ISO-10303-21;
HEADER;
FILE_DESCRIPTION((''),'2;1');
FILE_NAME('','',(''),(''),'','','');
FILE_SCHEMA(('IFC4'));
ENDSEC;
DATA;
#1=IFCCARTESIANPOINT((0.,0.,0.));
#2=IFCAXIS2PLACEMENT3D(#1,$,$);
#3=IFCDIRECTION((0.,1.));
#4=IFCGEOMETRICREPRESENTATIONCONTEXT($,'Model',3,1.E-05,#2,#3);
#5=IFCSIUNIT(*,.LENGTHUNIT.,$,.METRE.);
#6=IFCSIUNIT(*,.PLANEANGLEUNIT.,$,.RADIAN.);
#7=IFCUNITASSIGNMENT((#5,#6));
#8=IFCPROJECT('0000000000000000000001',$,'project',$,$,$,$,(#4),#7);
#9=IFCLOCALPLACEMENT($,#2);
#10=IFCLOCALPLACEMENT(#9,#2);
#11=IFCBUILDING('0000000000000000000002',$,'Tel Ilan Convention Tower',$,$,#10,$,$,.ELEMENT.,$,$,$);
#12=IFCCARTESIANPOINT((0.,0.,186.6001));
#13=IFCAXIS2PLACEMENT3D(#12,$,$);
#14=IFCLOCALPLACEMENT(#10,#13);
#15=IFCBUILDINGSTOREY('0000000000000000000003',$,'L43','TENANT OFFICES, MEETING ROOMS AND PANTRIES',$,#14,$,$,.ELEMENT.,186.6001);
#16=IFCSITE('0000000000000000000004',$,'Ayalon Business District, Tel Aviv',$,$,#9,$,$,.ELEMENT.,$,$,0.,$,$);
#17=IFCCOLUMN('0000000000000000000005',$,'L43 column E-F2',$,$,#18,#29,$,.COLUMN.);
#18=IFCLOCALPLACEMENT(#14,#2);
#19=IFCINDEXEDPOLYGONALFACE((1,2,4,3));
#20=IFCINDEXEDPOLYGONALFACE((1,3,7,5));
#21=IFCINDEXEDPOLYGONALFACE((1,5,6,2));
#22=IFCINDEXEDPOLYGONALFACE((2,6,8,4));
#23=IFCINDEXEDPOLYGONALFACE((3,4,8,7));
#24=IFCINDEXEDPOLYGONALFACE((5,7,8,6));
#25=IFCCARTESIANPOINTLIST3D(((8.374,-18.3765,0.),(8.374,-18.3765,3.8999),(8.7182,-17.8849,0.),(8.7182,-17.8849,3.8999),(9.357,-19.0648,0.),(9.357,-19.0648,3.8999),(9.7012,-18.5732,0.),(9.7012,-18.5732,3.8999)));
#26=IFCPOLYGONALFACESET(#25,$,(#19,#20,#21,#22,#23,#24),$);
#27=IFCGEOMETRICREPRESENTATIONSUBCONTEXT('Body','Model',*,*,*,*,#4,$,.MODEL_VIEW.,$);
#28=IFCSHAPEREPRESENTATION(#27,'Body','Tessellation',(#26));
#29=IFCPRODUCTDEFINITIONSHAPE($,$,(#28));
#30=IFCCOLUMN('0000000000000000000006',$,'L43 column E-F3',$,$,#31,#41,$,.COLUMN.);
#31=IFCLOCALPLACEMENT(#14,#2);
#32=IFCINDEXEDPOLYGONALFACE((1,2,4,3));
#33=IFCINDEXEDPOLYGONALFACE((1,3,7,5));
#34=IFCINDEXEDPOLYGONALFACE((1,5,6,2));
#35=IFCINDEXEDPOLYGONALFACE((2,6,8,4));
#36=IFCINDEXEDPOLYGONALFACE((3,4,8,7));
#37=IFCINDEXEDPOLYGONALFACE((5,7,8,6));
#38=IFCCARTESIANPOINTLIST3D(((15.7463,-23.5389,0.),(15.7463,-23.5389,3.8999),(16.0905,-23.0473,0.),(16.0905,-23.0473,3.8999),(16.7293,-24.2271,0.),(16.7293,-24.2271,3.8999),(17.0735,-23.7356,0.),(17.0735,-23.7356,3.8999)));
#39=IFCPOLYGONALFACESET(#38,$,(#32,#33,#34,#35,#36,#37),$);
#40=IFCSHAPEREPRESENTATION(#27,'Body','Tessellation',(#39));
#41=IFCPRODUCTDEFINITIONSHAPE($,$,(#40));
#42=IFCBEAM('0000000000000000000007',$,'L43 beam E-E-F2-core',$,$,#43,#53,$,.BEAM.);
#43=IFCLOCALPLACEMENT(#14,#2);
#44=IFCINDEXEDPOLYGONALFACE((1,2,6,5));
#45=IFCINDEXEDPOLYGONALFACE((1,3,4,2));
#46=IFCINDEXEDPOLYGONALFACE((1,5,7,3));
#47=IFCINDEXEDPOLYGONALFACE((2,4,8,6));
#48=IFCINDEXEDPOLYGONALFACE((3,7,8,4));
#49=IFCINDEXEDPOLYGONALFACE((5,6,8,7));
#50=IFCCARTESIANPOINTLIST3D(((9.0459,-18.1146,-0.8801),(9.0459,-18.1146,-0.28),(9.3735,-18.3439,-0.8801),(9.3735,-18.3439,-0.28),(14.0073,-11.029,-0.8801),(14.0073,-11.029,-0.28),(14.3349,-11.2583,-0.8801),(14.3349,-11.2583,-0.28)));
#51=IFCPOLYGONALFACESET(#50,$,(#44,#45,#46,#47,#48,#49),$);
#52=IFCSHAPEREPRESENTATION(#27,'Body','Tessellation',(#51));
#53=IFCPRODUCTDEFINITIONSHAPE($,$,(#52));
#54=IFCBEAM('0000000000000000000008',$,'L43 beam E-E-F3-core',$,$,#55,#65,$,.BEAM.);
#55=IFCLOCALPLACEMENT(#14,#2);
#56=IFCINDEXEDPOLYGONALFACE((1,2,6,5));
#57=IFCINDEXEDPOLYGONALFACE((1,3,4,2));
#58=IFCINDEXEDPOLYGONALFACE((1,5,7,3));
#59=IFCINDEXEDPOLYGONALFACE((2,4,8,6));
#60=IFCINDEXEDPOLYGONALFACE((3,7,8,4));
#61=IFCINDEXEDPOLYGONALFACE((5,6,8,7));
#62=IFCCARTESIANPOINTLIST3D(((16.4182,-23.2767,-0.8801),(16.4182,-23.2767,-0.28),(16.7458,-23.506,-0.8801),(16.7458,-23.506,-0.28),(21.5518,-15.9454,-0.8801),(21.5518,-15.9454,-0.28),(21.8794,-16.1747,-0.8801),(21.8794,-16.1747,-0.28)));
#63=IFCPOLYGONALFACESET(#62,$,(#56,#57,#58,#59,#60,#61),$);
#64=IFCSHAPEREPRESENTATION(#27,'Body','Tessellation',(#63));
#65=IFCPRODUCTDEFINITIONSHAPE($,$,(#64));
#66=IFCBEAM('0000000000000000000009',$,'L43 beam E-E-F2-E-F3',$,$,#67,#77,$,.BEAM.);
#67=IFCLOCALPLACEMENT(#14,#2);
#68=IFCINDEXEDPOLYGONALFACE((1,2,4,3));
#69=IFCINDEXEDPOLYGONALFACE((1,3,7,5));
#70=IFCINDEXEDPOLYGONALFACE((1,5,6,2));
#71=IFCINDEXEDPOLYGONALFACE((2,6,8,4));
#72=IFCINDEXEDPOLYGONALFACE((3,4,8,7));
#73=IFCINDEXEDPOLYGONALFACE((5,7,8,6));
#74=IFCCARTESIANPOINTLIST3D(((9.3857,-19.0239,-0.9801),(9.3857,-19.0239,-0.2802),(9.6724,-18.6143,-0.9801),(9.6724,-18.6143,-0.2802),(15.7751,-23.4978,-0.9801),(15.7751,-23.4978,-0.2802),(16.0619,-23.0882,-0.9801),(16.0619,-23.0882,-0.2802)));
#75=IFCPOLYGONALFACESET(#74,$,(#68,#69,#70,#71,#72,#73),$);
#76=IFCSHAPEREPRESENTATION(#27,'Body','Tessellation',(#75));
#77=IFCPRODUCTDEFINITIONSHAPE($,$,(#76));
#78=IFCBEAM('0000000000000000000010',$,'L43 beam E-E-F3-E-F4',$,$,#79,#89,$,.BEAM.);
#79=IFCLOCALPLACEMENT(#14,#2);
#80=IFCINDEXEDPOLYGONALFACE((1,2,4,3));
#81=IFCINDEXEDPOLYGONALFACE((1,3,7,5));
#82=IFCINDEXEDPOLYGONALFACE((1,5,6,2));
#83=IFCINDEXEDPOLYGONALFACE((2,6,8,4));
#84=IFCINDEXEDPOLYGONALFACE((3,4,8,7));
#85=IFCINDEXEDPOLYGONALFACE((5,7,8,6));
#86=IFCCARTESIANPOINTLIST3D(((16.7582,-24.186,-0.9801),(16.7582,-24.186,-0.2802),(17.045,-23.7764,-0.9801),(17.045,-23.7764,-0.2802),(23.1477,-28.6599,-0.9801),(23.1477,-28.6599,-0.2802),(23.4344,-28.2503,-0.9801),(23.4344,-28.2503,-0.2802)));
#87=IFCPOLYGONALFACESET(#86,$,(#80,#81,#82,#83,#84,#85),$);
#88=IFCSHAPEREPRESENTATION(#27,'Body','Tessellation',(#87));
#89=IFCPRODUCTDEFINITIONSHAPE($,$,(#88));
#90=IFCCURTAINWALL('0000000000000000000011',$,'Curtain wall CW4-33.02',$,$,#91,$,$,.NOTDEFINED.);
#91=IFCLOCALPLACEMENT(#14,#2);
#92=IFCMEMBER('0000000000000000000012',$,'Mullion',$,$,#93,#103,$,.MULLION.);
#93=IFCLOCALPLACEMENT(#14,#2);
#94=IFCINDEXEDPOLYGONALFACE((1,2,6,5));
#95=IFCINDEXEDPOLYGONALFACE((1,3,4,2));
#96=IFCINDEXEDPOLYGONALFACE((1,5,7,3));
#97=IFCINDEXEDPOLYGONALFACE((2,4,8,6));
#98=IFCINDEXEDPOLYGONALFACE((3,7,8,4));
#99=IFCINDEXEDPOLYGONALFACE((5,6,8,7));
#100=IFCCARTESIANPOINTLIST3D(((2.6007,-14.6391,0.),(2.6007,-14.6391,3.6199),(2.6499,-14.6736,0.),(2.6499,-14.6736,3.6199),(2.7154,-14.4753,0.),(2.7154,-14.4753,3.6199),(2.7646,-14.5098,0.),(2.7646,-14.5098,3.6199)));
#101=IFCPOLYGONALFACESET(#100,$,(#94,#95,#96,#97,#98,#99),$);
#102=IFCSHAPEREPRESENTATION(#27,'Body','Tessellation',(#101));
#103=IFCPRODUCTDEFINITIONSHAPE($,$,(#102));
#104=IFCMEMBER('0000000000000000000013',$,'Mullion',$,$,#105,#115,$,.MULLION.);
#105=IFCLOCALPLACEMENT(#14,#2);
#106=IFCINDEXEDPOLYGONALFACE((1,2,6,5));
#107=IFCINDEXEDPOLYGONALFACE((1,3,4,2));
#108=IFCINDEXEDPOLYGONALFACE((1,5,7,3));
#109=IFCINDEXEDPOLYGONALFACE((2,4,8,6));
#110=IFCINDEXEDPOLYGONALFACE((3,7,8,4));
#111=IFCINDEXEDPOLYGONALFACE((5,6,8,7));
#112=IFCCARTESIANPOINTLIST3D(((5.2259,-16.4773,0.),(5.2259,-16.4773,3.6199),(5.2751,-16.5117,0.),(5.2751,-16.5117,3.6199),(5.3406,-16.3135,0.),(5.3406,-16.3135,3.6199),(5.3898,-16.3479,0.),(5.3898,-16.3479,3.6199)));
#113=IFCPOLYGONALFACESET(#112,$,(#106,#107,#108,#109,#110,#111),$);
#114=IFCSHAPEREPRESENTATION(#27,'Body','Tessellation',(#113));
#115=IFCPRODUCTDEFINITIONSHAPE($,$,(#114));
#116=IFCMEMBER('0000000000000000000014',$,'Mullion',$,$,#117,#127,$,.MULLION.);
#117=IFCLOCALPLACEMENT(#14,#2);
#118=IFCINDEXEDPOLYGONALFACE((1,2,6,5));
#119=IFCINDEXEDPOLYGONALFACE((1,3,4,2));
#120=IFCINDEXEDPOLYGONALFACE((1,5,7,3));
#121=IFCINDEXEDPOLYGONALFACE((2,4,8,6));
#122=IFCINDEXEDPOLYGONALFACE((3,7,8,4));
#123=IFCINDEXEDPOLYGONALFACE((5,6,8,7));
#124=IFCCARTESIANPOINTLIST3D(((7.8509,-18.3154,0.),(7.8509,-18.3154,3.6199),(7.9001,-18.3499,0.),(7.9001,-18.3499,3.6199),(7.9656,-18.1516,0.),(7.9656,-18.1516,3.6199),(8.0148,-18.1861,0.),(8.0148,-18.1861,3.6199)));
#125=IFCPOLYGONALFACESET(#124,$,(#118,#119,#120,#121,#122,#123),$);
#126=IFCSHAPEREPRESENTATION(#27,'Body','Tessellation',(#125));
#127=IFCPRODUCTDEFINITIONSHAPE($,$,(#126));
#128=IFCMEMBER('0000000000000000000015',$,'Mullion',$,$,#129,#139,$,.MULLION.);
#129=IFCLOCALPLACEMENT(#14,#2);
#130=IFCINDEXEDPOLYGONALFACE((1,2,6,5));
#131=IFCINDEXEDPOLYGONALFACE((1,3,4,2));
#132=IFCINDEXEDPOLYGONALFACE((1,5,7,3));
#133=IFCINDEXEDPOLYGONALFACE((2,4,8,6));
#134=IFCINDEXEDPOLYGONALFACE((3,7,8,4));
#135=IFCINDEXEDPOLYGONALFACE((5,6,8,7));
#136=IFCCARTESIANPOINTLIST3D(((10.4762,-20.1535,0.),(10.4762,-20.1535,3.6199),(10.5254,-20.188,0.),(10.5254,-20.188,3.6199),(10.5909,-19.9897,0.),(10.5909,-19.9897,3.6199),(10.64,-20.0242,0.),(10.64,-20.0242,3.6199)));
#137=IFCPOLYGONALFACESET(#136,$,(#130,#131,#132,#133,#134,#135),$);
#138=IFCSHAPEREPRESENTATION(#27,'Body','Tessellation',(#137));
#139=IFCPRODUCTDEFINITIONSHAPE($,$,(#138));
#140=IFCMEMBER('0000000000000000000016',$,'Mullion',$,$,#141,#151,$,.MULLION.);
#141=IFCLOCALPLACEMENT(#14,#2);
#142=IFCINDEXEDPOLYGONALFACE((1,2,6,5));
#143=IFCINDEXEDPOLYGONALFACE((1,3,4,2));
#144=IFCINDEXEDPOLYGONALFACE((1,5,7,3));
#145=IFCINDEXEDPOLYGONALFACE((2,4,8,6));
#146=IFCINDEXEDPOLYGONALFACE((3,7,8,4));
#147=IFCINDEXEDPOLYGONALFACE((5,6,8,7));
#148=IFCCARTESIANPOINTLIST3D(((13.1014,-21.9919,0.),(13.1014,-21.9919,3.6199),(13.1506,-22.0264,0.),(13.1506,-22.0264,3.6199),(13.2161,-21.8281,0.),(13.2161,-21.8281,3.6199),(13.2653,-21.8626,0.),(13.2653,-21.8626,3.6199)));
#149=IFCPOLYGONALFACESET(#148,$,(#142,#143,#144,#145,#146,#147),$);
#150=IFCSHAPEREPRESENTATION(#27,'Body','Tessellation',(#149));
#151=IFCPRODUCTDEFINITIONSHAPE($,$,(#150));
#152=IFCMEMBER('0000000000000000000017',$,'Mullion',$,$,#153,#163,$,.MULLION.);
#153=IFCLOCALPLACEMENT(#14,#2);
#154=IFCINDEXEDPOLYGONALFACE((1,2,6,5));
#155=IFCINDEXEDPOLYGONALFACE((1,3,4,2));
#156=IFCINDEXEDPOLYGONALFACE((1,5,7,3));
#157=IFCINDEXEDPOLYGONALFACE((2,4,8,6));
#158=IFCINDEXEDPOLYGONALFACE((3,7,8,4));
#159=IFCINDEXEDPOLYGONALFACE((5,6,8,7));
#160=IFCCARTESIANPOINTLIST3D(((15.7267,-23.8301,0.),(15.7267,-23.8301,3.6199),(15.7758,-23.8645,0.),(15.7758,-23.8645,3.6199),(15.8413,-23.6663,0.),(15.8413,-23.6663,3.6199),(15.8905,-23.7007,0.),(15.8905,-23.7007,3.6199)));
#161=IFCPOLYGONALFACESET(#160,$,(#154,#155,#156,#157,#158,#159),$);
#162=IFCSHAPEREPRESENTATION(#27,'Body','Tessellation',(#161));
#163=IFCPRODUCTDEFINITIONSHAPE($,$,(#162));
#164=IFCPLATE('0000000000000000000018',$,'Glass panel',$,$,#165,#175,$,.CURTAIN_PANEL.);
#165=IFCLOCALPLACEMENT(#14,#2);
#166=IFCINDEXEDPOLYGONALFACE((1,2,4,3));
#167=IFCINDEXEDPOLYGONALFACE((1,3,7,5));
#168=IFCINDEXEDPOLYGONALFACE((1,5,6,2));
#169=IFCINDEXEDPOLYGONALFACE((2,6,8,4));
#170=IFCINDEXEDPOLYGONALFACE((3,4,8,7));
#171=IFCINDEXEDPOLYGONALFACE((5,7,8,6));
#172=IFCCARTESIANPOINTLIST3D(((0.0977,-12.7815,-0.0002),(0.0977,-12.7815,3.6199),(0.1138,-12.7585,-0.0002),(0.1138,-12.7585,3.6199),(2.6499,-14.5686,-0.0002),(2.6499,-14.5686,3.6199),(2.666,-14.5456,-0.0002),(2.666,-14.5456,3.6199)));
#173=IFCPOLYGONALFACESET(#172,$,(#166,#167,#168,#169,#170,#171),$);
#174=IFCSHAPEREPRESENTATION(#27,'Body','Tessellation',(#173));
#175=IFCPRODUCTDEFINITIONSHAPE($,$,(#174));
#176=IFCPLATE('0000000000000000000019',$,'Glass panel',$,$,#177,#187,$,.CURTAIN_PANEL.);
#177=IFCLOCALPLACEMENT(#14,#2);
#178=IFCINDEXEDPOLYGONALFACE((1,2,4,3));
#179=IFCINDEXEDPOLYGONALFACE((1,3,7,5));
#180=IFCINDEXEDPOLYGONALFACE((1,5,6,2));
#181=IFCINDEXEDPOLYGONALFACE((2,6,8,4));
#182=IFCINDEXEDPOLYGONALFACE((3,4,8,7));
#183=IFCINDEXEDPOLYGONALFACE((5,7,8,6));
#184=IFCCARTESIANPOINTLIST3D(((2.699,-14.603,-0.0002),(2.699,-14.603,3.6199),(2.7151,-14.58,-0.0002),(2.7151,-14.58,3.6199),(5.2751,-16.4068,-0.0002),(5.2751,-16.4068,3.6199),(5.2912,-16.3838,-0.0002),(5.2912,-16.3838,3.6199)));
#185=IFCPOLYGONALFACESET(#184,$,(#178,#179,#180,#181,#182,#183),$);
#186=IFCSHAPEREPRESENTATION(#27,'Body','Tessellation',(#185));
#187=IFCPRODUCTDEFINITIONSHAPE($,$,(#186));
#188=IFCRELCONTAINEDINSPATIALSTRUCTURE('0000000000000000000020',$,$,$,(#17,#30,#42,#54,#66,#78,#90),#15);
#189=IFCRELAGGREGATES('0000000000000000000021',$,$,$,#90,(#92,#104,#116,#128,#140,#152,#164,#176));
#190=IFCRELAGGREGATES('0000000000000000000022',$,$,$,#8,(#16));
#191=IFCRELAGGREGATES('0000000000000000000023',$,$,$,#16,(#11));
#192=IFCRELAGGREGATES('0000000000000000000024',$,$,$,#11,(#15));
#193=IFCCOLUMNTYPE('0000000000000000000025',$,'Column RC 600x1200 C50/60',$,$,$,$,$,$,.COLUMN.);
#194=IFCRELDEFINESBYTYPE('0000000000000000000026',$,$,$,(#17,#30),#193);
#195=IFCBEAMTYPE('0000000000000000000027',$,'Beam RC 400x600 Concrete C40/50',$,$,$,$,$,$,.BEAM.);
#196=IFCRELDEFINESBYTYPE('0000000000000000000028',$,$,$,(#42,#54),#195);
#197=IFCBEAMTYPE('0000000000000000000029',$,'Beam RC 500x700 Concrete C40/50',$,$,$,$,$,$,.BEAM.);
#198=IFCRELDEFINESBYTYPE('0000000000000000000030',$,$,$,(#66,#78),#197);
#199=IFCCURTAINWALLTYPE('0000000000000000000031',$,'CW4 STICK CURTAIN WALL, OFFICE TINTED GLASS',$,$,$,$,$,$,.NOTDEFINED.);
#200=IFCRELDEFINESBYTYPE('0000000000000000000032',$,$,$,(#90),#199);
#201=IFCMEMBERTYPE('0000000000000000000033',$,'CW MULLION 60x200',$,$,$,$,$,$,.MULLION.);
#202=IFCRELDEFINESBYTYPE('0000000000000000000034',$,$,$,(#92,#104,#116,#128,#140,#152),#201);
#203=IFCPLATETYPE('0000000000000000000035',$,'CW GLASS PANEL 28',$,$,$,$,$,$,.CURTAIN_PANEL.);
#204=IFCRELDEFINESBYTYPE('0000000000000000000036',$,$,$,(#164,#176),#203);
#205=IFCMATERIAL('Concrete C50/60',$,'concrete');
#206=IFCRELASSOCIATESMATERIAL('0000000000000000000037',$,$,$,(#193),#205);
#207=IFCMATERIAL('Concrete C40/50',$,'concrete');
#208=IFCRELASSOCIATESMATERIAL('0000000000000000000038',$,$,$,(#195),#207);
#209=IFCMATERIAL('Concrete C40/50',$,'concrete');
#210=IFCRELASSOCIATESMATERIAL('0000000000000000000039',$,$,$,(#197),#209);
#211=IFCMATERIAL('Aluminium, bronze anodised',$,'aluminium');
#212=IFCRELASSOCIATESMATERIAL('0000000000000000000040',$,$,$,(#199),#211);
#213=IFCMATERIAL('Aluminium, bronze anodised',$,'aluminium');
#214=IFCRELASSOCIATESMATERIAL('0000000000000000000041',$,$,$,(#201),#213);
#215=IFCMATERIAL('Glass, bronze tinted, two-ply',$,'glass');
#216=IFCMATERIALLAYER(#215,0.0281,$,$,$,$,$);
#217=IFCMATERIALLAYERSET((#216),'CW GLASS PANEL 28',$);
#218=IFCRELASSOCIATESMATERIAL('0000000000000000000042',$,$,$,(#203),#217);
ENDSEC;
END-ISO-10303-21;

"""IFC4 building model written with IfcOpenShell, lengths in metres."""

from ifc_helpers import new_model, si_unit, direction, frame, origin, origin_2d, place, context, subcontext, project, spatial, rectangle, extrude, material, layer, layer_set, material_profile, profile_set, type_object, element, aggregate, save


model = new_model("IFC4")

# Units and contexts
model_context = context("Model", 3, precision=1e-05, world=origin(), true_north=direction((0.0, 1.0)))
body_context = subcontext(model_context, "Body", "Model", "MODEL_VIEW")
ifc_project = project(units=[si_unit("LENGTHUNIT", "METRE"), si_unit("PLANEANGLEUNIT", "RADIAN")], contexts=[model_context])

# Site, building, storey
site_placement = place(None, origin())
site = spatial("IfcSite", under=ifc_project, at=site_placement, Name="Ayalon Business District, Tel Aviv", CompositionType="ELEMENT", RefElevation=0.0)
building_placement = place(site_placement, origin())
building = spatial("IfcBuilding", under=site, at=building_placement, Name="Tel Ilan Convention Tower", CompositionType="ELEMENT")
storey_placement = place(building_placement, frame((0.0, 0.0, 186.6001)))
storey = spatial("IfcBuildingStorey", under=building, at=storey_placement, Name="L43", Description="TENANT OFFICES, MEETING ROOMS AND PANTRIES", CompositionType="ELEMENT", Elevation=186.6001)

# Columns
ifc_material_1 = material(Name="Concrete C50/60", Category="concrete")
ifc_material_profile_1 = material_profile(ifc_material_1, rectangle(XDim=1.2, YDim=0.6001, at=origin_2d()), Name="RC 600x1200")
ifc_profile_set_1 = profile_set([ifc_material_profile_1], Name="Concrete C50/60")
column_type = type_object("IfcColumnType", Name="Column RC 600x1200 C50/60", PredefinedType="COLUMN", material=ifc_profile_set_1)
for number, where, z_axis, x_axis, name in (
    (1, (9.0376, -18.4749, 0.0), (0.0, 0.0, 1.0), (0.819152, -0.573576, 0.0), "L43 column E-F2"),
    (2, (16.4099, -23.6372, 0.0), (0.0, 0.0, 1.0), (0.819152, -0.573576, 0.0), "L43 column E-F3"),
):
    element("IfcColumn", number, at=place(storey_placement, frame(where, z_axis=z_axis, x_axis=x_axis)), inside=storey, type_object=column_type, Name=name, PredefinedType="COLUMN", context=body_context, shape_type="SweptSolid", body=[
        extrude(rectangle(XDim=1.2, YDim=0.6001, at=origin_2d()), origin(), (0.0, 0.0, 1.0), 3.8999),
    ])

# Beams
ifc_material_2 = material(Name="Concrete C40/50", Category="concrete")
ifc_material_profile_2 = material_profile(ifc_material_2, rectangle(XDim=0.3999, YDim=0.6001, at=origin_2d()), Name="RC 400x600")
ifc_profile_set_2 = profile_set([ifc_material_profile_2], Name="Concrete C40/50")
beam_type_1 = type_object("IfcBeamType", Name="Beam RC 400x600 Concrete C40/50", PredefinedType="BEAM", material=ifc_profile_set_2)
beam_1_placement = place(storey_placement, frame((9.2097, -18.2292, -0.5801), z_axis=(0.573574, 0.819154, 0.0), x_axis=(-0.819154, 0.573574, 0.0)))
element("IfcBeam", 3, at=beam_1_placement, inside=storey, type_object=beam_type_1, Name="L43 beam E-E-F2-core", PredefinedType="BEAM", context=body_context, shape_type="SweptSolid", body=[
    extrude(rectangle(XDim=0.3999, YDim=0.6001, at=origin_2d()), origin(), (0.0, 0.0, 1.0), 8.6499),
])
beam_2_placement = place(storey_placement, frame((16.582, -23.3914, -0.5801), z_axis=(0.573585, 0.819146, 0.0), x_axis=(-0.819146, 0.573585, 0.0)))
element("IfcBeam", 4, at=beam_2_placement, inside=storey, type_object=beam_type_1, Name="L43 beam E-E-F3-core", PredefinedType="BEAM", context=body_context, shape_type="SweptSolid", body=[
    extrude(rectangle(XDim=0.3999, YDim=0.6001, at=origin_2d()), origin(), (0.0, 0.0, 1.0), 8.95),
])
ifc_material_3 = material(Name="Concrete C40/50", Category="concrete")
ifc_material_profile_3 = material_profile(ifc_material_3, rectangle(XDim=0.5, YDim=0.7, at=origin_2d()), Name="RC 500x700")
ifc_profile_set_3 = profile_set([ifc_material_profile_3], Name="Concrete C40/50")
beam_type_2 = type_object("IfcBeamType", Name="Beam RC 500x700 Concrete C40/50", PredefinedType="BEAM", material=ifc_profile_set_3)
for number, where, z_axis, x_axis, name in (
    (5, (9.5291, -18.8191, -0.6301), (0.819154, -0.573574, 0.0), (0.573574, 0.819154, 0.0), "L43 beam E-E-F2-E-F3"),
    (6, (16.9016, -23.9812, -0.6301), (0.819154, -0.573574, 0.0), (0.573574, 0.819154, 0.0), "L43 beam E-E-F3-E-F4"),
):
    element("IfcBeam", number, at=place(storey_placement, frame(where, z_axis=z_axis, x_axis=x_axis)), inside=storey, type_object=beam_type_2, Name=name, PredefinedType="BEAM", context=body_context, shape_type="SweptSolid", body=[
        extrude(rectangle(XDim=0.5, YDim=0.7, at=origin_2d()), origin(), (0.0, 0.0, 1.0), 7.8),
    ])

# Curtain wall, members, plates
ifc_material_4 = material(Name="Aluminium, bronze anodised", Category="aluminium")
curtain_wall_type = type_object("IfcCurtainWallType", Name="CW4 STICK CURTAIN WALL, OFFICE TINTED GLASS", PredefinedType="NOTDEFINED", material=ifc_material_4)
curtain_wall_placement = place(storey_placement, origin())
curtain_wall = element("IfcCurtainWall", 7, at=curtain_wall_placement, inside=storey, type_object=curtain_wall_type, Name="Curtain wall CW4-33.02", PredefinedType="NOTDEFINED")
ifc_material_5 = material(Name="Aluminium, bronze anodised", Category="aluminium")
ifc_material_profile_4 = material_profile(ifc_material_5, rectangle(XDim=0.0601, YDim=0.2, at=origin_2d()), Name="CW MULLION 60x200")
ifc_profile_set_4 = profile_set([ifc_material_profile_4], Name="Aluminium, bronze anodised")
member_type = type_object("IfcMemberType", Name="CW MULLION 60x200", PredefinedType="MULLION", material=ifc_profile_set_4)
member_1_placement = place(storey_placement, frame((2.6826, -14.5745, 0.0), z_axis=(0.0, 0.0, 1.0), x_axis=(0.819152, -0.573576, 0.0)))
member_1 = element("IfcMember", 8, at=member_1_placement, type_object=member_type, Name="Mullion", PredefinedType="MULLION", context=body_context, shape_type="SweptSolid", body=[
    extrude(rectangle(XDim=0.0601, YDim=0.2, at=origin_2d()), origin(), (0.0, 0.0, 1.0), 3.6199),
])
member_2_placement = place(storey_placement, frame((5.3079, -16.4126, 0.0), z_axis=(0.0, 0.0, 1.0), x_axis=(0.819152, -0.573576, 0.0)))
member_2 = element("IfcMember", 9, at=member_2_placement, type_object=member_type, Name="Mullion", PredefinedType="MULLION", context=body_context, shape_type="SweptSolid", body=[
    extrude(rectangle(XDim=0.0601, YDim=0.2, at=origin_2d()), origin(), (0.0, 0.0, 1.0), 3.6199),
])
member_3_placement = place(storey_placement, frame((7.9329, -18.2507, 0.0), z_axis=(0.0, 0.0, 1.0), x_axis=(0.819152, -0.573576, 0.0)))
member_3 = element("IfcMember", 10, at=member_3_placement, type_object=member_type, Name="Mullion", PredefinedType="MULLION", context=body_context, shape_type="SweptSolid", body=[
    extrude(rectangle(XDim=0.0601, YDim=0.2, at=origin_2d()), origin(), (0.0, 0.0, 1.0), 3.6199),
])
member_4_placement = place(storey_placement, frame((10.5581, -20.0889, 0.0), z_axis=(0.0, 0.0, 1.0), x_axis=(0.819152, -0.573576, 0.0)))
member_4 = element("IfcMember", 11, at=member_4_placement, type_object=member_type, Name="Mullion", PredefinedType="MULLION", context=body_context, shape_type="SweptSolid", body=[
    extrude(rectangle(XDim=0.0601, YDim=0.2, at=origin_2d()), origin(), (0.0, 0.0, 1.0), 3.6199),
])
member_5_placement = place(storey_placement, frame((13.1833, -21.9272, 0.0), z_axis=(0.0, 0.0, 1.0), x_axis=(0.819152, -0.573576, 0.0)))
member_5 = element("IfcMember", 12, at=member_5_placement, type_object=member_type, Name="Mullion", PredefinedType="MULLION", context=body_context, shape_type="SweptSolid", body=[
    extrude(rectangle(XDim=0.0601, YDim=0.2, at=origin_2d()), origin(), (0.0, 0.0, 1.0), 3.6199),
])
member_6_placement = place(storey_placement, frame((15.8086, -23.7654, 0.0), z_axis=(0.0, 0.0, 1.0), x_axis=(0.819152, -0.573576, 0.0)))
member_6 = element("IfcMember", 13, at=member_6_placement, type_object=member_type, Name="Mullion", PredefinedType="MULLION", context=body_context, shape_type="SweptSolid", body=[
    extrude(rectangle(XDim=0.0601, YDim=0.2, at=origin_2d()), origin(), (0.0, 0.0, 1.0), 3.6199),
])
ifc_material_6 = material(Name="Glass, bronze tinted, two-ply", Category="glass")
ifc_layer_1 = layer(ifc_material_6, 0.0281)
ifc_layer_set_1 = layer_set([ifc_layer_1], Name="CW GLASS PANEL 28")
plate_type = type_object("IfcPlateType", Name="CW GLASS PANEL 28", PredefinedType="CURTAIN_PANEL", material=ifc_layer_set_1)
plate_1_placement = place(storey_placement, frame((1.3818, -13.6636, -0.0002), z_axis=(0.0, 0.0, 1.0), x_axis=(0.819152, -0.573576, 0.0)))
plate_1 = element("IfcPlate", 14, at=plate_1_placement, type_object=plate_type, Name="Glass panel", PredefinedType="CURTAIN_PANEL", context=body_context, shape_type="SweptSolid", body=[
    extrude(rectangle(XDim=3.1157, YDim=0.0281, at=origin_2d()), origin(), (0.0, 0.0, 1.0), 3.6201),
])
plate_2_placement = place(storey_placement, frame((3.9951, -15.4934, -0.0002), z_axis=(0.0, 0.0, 1.0), x_axis=(0.819152, -0.573576, 0.0)))
plate_2 = element("IfcPlate", 15, at=plate_2_placement, type_object=plate_type, Name="Glass panel", PredefinedType="CURTAIN_PANEL", context=body_context, shape_type="SweptSolid", body=[
    extrude(rectangle(XDim=3.1448, YDim=0.0281, at=origin_2d()), origin(), (0.0, 0.0, 1.0), 3.6201),
])
aggregate(curtain_wall, [member_1, member_2, member_3, member_4, member_5, member_6, plate_1, plate_2])

save(model, "model.ifc")
